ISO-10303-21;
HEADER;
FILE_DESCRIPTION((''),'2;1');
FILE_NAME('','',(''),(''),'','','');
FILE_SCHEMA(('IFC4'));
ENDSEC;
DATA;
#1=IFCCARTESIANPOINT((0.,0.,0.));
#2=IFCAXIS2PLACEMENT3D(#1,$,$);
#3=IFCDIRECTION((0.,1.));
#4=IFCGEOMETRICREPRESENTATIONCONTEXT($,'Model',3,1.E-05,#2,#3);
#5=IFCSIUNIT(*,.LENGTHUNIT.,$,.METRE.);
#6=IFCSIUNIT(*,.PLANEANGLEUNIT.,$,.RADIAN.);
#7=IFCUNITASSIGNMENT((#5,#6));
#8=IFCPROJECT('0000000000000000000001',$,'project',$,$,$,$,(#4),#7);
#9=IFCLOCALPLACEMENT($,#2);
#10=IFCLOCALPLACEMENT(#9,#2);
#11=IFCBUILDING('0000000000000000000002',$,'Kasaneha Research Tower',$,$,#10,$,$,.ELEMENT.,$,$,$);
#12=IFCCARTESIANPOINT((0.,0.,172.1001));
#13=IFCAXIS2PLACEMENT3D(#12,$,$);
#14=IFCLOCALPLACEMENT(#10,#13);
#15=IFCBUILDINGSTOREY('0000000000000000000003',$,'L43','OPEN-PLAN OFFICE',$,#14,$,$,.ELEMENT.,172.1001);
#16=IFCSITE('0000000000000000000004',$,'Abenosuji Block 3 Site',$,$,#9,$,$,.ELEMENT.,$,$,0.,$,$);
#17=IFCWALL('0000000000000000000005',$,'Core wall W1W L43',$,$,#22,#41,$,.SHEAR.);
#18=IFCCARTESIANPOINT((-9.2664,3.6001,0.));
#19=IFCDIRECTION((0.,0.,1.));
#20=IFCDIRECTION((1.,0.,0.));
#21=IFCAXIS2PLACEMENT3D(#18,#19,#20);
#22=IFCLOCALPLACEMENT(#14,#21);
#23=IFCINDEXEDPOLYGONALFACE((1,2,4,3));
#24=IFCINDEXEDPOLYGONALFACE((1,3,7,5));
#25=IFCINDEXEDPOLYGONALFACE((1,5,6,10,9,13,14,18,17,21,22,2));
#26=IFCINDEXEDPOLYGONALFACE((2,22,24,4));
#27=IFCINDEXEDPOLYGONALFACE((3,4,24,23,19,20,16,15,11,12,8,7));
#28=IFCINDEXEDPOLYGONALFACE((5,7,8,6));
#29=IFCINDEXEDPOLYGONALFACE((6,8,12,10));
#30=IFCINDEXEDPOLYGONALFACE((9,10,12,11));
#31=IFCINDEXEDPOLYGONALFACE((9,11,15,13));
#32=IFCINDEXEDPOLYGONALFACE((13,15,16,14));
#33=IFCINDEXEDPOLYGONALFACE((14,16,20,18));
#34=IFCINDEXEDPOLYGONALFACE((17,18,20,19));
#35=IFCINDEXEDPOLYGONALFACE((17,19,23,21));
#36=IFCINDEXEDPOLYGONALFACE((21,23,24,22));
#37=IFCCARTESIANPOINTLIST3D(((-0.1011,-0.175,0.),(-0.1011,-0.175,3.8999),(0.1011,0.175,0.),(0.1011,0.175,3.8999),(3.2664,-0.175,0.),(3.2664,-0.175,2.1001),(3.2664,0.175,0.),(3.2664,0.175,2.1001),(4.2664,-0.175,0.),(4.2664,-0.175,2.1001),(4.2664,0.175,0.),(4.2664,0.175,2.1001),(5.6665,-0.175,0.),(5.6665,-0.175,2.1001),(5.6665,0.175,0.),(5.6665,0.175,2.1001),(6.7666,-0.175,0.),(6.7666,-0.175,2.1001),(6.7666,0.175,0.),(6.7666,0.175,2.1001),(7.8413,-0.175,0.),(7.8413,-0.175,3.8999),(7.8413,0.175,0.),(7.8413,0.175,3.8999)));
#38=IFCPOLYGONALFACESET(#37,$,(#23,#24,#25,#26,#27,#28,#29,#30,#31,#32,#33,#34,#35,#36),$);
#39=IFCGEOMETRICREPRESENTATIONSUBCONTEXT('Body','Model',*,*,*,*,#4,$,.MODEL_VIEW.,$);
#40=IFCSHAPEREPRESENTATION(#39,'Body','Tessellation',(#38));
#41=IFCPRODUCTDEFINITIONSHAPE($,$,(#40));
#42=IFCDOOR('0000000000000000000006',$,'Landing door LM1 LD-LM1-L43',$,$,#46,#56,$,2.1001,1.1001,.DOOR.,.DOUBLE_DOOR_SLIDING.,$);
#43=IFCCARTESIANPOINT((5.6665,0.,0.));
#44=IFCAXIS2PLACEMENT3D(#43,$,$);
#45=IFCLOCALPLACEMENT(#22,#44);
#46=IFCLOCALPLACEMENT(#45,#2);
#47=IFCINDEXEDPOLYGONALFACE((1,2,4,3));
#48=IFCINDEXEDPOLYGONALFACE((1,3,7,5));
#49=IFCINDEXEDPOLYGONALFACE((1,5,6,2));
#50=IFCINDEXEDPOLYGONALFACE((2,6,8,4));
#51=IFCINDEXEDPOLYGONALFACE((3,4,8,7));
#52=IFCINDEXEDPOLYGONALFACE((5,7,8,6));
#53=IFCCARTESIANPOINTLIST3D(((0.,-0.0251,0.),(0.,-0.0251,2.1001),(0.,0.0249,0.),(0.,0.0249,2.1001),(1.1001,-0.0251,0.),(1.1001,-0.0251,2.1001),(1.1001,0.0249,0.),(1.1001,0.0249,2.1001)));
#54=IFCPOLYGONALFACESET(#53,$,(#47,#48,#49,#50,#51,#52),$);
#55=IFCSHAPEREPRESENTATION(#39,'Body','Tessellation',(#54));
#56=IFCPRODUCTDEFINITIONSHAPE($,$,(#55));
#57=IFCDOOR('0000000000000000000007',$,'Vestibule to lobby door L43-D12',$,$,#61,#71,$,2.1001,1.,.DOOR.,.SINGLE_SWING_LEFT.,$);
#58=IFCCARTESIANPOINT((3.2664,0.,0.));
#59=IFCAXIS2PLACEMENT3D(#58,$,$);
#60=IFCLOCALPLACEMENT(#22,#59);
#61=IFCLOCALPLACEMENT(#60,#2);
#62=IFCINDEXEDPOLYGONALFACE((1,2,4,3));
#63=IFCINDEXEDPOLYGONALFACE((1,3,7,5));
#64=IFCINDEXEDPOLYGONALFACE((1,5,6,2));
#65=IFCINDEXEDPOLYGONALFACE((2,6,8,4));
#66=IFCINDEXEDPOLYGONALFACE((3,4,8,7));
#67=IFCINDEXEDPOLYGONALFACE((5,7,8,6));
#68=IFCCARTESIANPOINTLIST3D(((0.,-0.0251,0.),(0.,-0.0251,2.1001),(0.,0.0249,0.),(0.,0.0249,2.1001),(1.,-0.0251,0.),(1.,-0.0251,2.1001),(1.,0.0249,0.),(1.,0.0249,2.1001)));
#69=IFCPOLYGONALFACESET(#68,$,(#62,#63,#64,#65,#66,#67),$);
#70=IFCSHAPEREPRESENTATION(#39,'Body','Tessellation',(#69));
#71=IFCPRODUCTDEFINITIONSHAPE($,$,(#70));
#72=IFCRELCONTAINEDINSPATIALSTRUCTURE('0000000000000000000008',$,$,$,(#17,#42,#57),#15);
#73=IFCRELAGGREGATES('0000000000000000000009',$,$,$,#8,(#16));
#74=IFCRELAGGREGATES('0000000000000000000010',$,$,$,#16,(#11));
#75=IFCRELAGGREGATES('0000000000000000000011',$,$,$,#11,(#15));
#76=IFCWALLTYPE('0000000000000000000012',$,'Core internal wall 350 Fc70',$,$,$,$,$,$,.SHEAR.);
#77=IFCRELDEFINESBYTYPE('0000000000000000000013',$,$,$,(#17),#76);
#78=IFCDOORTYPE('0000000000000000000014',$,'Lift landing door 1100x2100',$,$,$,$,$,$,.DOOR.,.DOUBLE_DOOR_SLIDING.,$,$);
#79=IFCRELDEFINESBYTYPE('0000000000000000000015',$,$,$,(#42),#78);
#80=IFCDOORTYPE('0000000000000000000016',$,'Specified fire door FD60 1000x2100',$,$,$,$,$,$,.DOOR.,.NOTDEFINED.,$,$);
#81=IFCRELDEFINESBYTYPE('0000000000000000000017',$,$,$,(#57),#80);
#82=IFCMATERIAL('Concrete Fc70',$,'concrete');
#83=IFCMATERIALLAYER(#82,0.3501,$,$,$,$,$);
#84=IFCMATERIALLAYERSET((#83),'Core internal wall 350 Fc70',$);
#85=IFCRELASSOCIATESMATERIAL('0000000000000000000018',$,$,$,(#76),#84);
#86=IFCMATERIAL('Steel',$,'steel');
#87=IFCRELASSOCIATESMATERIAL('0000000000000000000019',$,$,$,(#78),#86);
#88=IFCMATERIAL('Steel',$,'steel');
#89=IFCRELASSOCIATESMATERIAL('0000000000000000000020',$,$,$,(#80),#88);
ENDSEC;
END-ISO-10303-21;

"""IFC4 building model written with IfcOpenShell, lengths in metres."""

from ifc_helpers import new_model, si_unit, direction, frame, frame_2d, origin, place, context, subcontext, project, spatial, polyline, rectangle, outline, extrude, material, layer, layer_set, type_object, element, fill, save


model = new_model("IFC4")

# Units and contexts
model_context = context("Model", 3, precision=1e-05, world=origin(), true_north=direction((0.0, 1.0)))
body_context = subcontext(model_context, "Body", "Model", "MODEL_VIEW")
ifc_project = project(units=[si_unit("LENGTHUNIT", "METRE"), si_unit("PLANEANGLEUNIT", "RADIAN")], contexts=[model_context])

# Site, building, storey
site_placement = place(None, origin())
site = spatial("IfcSite", under=ifc_project, at=site_placement, Name="Abenosuji Block 3 Site", CompositionType="ELEMENT", RefElevation=0.0)
building_placement = place(site_placement, origin())
building = spatial("IfcBuilding", under=site, at=building_placement, Name="Kasaneha Research Tower", CompositionType="ELEMENT")
storey_placement = place(building_placement, frame((0.0, 0.0, 172.1001)))
storey = spatial("IfcBuildingStorey", under=building, at=storey_placement, Name="L43", Description="OPEN-PLAN OFFICE", CompositionType="ELEMENT", Elevation=172.1001)

# Wall, openings, doors
ifc_material_1 = material(Name="Concrete Fc70", Category="concrete")
ifc_layer_1 = layer(ifc_material_1, 0.3501)
ifc_layer_set_1 = layer_set([ifc_layer_1], Name="Core internal wall 350 Fc70")
wall_type = type_object("IfcWallType", Name="Core internal wall 350 Fc70", PredefinedType="SHEAR", material=ifc_layer_set_1)
wall_1_placement = place(storey_placement, frame((-9.2664, 3.6001, 0.0), z_axis=(0.0, 0.0, 1.0), x_axis=(1.0, 0.0, 0.0)))
wall_1 = element("IfcWall", 1, at=wall_1_placement, inside=storey, type_object=wall_type, Name="Core wall W1W L43", PredefinedType="SHEAR", context=body_context, shape_type="SweptSolid", body=[
    extrude(outline(polyline([(-0.1011, -0.175), (3.2664, -0.175), (4.2664, -0.175), (5.6665, -0.175), (6.7666, -0.175), (7.8413, -0.175), (7.8413, 0.175), (6.7666, 0.175), (5.6665, 0.175), (4.2664, 0.175), (3.2664, 0.175), (0.1011, 0.175), (-0.1011, -0.175)])), origin(), (0.0, 0.0, 1.0), 3.8999),
])
opening_1_placement = place(wall_1_placement, frame((3.2664, 0.0, 0.0)))
opening_1 = element("IfcOpeningElement", 2, at=opening_1_placement, cuts=wall_1, PredefinedType="OPENING", context=body_context, shape_type="SweptSolid", body=[
    extrude(rectangle(XDim=1.0, YDim=2.1001, at=frame_2d((0.5, 1.05))), frame((0.0, 0.1851, 0.0), z_axis=(0.0, -1.0, 0.0), x_axis=(1.0, 0.0, 0.0)), (0.0, 0.0, 1.0), 0.3701),
])
opening_2_placement = place(wall_1_placement, frame((5.6665, 0.0, 0.0)))
opening_2 = element("IfcOpeningElement", 3, at=opening_2_placement, cuts=wall_1, PredefinedType="OPENING", context=body_context, shape_type="SweptSolid", body=[
    extrude(rectangle(XDim=1.1001, YDim=2.1001, at=frame_2d((0.55, 1.05))), frame((0.0, 0.1851, 0.0), z_axis=(0.0, -1.0, 0.0), x_axis=(1.0, 0.0, 0.0)), (0.0, 0.0, 1.0), 0.3701),
])
ifc_material_2 = material(Name="Steel", Category="steel")
door_type_1 = type_object("IfcDoorType", Name="Lift landing door 1100x2100", OperationType="DOUBLE_DOOR_SLIDING", PredefinedType="DOOR", material=ifc_material_2)
door_1_placement = place(opening_2_placement, origin())
door_1 = element("IfcDoor", 4, at=door_1_placement, inside=storey, type_object=door_type_1, Name="Landing door LM1 LD-LM1-L43", OperationType="DOUBLE_DOOR_SLIDING", OverallHeight=2.1001, OverallWidth=1.1001, PredefinedType="DOOR", context=body_context, shape_type="SweptSolid", body=[
    extrude(rectangle(XDim=1.1001, YDim=2.1001, at=frame_2d((0.55, 1.05))), frame((0.0, 0.0249, 0.0), z_axis=(0.0, -1.0, 0.0), x_axis=(1.0, 0.0, 0.0)), (0.0, 0.0, 1.0), 0.05),
])
fill(opening_2, door_1)
ifc_material_3 = material(Name="Steel", Category="steel")
door_type_2 = type_object("IfcDoorType", Name="Specified fire door FD60 1000x2100", OperationType="NOTDEFINED", PredefinedType="DOOR", material=ifc_material_3)
door_2_placement = place(opening_1_placement, origin())
door_2 = element("IfcDoor", 5, at=door_2_placement, inside=storey, type_object=door_type_2, Name="Vestibule to lobby door L43-D12", OperationType="SINGLE_SWING_LEFT", OverallHeight=2.1001, OverallWidth=1.0, PredefinedType="DOOR", context=body_context, shape_type="SweptSolid", body=[
    extrude(rectangle(XDim=1.0, YDim=2.1001, at=frame_2d((0.5, 1.05))), frame((0.0, 0.0249, 0.0), z_axis=(0.0, -1.0, 0.0), x_axis=(1.0, 0.0, 0.0)), (0.0, 0.0, 1.0), 0.05),
])
fill(opening_1, door_2)

save(model, "model.ifc")
